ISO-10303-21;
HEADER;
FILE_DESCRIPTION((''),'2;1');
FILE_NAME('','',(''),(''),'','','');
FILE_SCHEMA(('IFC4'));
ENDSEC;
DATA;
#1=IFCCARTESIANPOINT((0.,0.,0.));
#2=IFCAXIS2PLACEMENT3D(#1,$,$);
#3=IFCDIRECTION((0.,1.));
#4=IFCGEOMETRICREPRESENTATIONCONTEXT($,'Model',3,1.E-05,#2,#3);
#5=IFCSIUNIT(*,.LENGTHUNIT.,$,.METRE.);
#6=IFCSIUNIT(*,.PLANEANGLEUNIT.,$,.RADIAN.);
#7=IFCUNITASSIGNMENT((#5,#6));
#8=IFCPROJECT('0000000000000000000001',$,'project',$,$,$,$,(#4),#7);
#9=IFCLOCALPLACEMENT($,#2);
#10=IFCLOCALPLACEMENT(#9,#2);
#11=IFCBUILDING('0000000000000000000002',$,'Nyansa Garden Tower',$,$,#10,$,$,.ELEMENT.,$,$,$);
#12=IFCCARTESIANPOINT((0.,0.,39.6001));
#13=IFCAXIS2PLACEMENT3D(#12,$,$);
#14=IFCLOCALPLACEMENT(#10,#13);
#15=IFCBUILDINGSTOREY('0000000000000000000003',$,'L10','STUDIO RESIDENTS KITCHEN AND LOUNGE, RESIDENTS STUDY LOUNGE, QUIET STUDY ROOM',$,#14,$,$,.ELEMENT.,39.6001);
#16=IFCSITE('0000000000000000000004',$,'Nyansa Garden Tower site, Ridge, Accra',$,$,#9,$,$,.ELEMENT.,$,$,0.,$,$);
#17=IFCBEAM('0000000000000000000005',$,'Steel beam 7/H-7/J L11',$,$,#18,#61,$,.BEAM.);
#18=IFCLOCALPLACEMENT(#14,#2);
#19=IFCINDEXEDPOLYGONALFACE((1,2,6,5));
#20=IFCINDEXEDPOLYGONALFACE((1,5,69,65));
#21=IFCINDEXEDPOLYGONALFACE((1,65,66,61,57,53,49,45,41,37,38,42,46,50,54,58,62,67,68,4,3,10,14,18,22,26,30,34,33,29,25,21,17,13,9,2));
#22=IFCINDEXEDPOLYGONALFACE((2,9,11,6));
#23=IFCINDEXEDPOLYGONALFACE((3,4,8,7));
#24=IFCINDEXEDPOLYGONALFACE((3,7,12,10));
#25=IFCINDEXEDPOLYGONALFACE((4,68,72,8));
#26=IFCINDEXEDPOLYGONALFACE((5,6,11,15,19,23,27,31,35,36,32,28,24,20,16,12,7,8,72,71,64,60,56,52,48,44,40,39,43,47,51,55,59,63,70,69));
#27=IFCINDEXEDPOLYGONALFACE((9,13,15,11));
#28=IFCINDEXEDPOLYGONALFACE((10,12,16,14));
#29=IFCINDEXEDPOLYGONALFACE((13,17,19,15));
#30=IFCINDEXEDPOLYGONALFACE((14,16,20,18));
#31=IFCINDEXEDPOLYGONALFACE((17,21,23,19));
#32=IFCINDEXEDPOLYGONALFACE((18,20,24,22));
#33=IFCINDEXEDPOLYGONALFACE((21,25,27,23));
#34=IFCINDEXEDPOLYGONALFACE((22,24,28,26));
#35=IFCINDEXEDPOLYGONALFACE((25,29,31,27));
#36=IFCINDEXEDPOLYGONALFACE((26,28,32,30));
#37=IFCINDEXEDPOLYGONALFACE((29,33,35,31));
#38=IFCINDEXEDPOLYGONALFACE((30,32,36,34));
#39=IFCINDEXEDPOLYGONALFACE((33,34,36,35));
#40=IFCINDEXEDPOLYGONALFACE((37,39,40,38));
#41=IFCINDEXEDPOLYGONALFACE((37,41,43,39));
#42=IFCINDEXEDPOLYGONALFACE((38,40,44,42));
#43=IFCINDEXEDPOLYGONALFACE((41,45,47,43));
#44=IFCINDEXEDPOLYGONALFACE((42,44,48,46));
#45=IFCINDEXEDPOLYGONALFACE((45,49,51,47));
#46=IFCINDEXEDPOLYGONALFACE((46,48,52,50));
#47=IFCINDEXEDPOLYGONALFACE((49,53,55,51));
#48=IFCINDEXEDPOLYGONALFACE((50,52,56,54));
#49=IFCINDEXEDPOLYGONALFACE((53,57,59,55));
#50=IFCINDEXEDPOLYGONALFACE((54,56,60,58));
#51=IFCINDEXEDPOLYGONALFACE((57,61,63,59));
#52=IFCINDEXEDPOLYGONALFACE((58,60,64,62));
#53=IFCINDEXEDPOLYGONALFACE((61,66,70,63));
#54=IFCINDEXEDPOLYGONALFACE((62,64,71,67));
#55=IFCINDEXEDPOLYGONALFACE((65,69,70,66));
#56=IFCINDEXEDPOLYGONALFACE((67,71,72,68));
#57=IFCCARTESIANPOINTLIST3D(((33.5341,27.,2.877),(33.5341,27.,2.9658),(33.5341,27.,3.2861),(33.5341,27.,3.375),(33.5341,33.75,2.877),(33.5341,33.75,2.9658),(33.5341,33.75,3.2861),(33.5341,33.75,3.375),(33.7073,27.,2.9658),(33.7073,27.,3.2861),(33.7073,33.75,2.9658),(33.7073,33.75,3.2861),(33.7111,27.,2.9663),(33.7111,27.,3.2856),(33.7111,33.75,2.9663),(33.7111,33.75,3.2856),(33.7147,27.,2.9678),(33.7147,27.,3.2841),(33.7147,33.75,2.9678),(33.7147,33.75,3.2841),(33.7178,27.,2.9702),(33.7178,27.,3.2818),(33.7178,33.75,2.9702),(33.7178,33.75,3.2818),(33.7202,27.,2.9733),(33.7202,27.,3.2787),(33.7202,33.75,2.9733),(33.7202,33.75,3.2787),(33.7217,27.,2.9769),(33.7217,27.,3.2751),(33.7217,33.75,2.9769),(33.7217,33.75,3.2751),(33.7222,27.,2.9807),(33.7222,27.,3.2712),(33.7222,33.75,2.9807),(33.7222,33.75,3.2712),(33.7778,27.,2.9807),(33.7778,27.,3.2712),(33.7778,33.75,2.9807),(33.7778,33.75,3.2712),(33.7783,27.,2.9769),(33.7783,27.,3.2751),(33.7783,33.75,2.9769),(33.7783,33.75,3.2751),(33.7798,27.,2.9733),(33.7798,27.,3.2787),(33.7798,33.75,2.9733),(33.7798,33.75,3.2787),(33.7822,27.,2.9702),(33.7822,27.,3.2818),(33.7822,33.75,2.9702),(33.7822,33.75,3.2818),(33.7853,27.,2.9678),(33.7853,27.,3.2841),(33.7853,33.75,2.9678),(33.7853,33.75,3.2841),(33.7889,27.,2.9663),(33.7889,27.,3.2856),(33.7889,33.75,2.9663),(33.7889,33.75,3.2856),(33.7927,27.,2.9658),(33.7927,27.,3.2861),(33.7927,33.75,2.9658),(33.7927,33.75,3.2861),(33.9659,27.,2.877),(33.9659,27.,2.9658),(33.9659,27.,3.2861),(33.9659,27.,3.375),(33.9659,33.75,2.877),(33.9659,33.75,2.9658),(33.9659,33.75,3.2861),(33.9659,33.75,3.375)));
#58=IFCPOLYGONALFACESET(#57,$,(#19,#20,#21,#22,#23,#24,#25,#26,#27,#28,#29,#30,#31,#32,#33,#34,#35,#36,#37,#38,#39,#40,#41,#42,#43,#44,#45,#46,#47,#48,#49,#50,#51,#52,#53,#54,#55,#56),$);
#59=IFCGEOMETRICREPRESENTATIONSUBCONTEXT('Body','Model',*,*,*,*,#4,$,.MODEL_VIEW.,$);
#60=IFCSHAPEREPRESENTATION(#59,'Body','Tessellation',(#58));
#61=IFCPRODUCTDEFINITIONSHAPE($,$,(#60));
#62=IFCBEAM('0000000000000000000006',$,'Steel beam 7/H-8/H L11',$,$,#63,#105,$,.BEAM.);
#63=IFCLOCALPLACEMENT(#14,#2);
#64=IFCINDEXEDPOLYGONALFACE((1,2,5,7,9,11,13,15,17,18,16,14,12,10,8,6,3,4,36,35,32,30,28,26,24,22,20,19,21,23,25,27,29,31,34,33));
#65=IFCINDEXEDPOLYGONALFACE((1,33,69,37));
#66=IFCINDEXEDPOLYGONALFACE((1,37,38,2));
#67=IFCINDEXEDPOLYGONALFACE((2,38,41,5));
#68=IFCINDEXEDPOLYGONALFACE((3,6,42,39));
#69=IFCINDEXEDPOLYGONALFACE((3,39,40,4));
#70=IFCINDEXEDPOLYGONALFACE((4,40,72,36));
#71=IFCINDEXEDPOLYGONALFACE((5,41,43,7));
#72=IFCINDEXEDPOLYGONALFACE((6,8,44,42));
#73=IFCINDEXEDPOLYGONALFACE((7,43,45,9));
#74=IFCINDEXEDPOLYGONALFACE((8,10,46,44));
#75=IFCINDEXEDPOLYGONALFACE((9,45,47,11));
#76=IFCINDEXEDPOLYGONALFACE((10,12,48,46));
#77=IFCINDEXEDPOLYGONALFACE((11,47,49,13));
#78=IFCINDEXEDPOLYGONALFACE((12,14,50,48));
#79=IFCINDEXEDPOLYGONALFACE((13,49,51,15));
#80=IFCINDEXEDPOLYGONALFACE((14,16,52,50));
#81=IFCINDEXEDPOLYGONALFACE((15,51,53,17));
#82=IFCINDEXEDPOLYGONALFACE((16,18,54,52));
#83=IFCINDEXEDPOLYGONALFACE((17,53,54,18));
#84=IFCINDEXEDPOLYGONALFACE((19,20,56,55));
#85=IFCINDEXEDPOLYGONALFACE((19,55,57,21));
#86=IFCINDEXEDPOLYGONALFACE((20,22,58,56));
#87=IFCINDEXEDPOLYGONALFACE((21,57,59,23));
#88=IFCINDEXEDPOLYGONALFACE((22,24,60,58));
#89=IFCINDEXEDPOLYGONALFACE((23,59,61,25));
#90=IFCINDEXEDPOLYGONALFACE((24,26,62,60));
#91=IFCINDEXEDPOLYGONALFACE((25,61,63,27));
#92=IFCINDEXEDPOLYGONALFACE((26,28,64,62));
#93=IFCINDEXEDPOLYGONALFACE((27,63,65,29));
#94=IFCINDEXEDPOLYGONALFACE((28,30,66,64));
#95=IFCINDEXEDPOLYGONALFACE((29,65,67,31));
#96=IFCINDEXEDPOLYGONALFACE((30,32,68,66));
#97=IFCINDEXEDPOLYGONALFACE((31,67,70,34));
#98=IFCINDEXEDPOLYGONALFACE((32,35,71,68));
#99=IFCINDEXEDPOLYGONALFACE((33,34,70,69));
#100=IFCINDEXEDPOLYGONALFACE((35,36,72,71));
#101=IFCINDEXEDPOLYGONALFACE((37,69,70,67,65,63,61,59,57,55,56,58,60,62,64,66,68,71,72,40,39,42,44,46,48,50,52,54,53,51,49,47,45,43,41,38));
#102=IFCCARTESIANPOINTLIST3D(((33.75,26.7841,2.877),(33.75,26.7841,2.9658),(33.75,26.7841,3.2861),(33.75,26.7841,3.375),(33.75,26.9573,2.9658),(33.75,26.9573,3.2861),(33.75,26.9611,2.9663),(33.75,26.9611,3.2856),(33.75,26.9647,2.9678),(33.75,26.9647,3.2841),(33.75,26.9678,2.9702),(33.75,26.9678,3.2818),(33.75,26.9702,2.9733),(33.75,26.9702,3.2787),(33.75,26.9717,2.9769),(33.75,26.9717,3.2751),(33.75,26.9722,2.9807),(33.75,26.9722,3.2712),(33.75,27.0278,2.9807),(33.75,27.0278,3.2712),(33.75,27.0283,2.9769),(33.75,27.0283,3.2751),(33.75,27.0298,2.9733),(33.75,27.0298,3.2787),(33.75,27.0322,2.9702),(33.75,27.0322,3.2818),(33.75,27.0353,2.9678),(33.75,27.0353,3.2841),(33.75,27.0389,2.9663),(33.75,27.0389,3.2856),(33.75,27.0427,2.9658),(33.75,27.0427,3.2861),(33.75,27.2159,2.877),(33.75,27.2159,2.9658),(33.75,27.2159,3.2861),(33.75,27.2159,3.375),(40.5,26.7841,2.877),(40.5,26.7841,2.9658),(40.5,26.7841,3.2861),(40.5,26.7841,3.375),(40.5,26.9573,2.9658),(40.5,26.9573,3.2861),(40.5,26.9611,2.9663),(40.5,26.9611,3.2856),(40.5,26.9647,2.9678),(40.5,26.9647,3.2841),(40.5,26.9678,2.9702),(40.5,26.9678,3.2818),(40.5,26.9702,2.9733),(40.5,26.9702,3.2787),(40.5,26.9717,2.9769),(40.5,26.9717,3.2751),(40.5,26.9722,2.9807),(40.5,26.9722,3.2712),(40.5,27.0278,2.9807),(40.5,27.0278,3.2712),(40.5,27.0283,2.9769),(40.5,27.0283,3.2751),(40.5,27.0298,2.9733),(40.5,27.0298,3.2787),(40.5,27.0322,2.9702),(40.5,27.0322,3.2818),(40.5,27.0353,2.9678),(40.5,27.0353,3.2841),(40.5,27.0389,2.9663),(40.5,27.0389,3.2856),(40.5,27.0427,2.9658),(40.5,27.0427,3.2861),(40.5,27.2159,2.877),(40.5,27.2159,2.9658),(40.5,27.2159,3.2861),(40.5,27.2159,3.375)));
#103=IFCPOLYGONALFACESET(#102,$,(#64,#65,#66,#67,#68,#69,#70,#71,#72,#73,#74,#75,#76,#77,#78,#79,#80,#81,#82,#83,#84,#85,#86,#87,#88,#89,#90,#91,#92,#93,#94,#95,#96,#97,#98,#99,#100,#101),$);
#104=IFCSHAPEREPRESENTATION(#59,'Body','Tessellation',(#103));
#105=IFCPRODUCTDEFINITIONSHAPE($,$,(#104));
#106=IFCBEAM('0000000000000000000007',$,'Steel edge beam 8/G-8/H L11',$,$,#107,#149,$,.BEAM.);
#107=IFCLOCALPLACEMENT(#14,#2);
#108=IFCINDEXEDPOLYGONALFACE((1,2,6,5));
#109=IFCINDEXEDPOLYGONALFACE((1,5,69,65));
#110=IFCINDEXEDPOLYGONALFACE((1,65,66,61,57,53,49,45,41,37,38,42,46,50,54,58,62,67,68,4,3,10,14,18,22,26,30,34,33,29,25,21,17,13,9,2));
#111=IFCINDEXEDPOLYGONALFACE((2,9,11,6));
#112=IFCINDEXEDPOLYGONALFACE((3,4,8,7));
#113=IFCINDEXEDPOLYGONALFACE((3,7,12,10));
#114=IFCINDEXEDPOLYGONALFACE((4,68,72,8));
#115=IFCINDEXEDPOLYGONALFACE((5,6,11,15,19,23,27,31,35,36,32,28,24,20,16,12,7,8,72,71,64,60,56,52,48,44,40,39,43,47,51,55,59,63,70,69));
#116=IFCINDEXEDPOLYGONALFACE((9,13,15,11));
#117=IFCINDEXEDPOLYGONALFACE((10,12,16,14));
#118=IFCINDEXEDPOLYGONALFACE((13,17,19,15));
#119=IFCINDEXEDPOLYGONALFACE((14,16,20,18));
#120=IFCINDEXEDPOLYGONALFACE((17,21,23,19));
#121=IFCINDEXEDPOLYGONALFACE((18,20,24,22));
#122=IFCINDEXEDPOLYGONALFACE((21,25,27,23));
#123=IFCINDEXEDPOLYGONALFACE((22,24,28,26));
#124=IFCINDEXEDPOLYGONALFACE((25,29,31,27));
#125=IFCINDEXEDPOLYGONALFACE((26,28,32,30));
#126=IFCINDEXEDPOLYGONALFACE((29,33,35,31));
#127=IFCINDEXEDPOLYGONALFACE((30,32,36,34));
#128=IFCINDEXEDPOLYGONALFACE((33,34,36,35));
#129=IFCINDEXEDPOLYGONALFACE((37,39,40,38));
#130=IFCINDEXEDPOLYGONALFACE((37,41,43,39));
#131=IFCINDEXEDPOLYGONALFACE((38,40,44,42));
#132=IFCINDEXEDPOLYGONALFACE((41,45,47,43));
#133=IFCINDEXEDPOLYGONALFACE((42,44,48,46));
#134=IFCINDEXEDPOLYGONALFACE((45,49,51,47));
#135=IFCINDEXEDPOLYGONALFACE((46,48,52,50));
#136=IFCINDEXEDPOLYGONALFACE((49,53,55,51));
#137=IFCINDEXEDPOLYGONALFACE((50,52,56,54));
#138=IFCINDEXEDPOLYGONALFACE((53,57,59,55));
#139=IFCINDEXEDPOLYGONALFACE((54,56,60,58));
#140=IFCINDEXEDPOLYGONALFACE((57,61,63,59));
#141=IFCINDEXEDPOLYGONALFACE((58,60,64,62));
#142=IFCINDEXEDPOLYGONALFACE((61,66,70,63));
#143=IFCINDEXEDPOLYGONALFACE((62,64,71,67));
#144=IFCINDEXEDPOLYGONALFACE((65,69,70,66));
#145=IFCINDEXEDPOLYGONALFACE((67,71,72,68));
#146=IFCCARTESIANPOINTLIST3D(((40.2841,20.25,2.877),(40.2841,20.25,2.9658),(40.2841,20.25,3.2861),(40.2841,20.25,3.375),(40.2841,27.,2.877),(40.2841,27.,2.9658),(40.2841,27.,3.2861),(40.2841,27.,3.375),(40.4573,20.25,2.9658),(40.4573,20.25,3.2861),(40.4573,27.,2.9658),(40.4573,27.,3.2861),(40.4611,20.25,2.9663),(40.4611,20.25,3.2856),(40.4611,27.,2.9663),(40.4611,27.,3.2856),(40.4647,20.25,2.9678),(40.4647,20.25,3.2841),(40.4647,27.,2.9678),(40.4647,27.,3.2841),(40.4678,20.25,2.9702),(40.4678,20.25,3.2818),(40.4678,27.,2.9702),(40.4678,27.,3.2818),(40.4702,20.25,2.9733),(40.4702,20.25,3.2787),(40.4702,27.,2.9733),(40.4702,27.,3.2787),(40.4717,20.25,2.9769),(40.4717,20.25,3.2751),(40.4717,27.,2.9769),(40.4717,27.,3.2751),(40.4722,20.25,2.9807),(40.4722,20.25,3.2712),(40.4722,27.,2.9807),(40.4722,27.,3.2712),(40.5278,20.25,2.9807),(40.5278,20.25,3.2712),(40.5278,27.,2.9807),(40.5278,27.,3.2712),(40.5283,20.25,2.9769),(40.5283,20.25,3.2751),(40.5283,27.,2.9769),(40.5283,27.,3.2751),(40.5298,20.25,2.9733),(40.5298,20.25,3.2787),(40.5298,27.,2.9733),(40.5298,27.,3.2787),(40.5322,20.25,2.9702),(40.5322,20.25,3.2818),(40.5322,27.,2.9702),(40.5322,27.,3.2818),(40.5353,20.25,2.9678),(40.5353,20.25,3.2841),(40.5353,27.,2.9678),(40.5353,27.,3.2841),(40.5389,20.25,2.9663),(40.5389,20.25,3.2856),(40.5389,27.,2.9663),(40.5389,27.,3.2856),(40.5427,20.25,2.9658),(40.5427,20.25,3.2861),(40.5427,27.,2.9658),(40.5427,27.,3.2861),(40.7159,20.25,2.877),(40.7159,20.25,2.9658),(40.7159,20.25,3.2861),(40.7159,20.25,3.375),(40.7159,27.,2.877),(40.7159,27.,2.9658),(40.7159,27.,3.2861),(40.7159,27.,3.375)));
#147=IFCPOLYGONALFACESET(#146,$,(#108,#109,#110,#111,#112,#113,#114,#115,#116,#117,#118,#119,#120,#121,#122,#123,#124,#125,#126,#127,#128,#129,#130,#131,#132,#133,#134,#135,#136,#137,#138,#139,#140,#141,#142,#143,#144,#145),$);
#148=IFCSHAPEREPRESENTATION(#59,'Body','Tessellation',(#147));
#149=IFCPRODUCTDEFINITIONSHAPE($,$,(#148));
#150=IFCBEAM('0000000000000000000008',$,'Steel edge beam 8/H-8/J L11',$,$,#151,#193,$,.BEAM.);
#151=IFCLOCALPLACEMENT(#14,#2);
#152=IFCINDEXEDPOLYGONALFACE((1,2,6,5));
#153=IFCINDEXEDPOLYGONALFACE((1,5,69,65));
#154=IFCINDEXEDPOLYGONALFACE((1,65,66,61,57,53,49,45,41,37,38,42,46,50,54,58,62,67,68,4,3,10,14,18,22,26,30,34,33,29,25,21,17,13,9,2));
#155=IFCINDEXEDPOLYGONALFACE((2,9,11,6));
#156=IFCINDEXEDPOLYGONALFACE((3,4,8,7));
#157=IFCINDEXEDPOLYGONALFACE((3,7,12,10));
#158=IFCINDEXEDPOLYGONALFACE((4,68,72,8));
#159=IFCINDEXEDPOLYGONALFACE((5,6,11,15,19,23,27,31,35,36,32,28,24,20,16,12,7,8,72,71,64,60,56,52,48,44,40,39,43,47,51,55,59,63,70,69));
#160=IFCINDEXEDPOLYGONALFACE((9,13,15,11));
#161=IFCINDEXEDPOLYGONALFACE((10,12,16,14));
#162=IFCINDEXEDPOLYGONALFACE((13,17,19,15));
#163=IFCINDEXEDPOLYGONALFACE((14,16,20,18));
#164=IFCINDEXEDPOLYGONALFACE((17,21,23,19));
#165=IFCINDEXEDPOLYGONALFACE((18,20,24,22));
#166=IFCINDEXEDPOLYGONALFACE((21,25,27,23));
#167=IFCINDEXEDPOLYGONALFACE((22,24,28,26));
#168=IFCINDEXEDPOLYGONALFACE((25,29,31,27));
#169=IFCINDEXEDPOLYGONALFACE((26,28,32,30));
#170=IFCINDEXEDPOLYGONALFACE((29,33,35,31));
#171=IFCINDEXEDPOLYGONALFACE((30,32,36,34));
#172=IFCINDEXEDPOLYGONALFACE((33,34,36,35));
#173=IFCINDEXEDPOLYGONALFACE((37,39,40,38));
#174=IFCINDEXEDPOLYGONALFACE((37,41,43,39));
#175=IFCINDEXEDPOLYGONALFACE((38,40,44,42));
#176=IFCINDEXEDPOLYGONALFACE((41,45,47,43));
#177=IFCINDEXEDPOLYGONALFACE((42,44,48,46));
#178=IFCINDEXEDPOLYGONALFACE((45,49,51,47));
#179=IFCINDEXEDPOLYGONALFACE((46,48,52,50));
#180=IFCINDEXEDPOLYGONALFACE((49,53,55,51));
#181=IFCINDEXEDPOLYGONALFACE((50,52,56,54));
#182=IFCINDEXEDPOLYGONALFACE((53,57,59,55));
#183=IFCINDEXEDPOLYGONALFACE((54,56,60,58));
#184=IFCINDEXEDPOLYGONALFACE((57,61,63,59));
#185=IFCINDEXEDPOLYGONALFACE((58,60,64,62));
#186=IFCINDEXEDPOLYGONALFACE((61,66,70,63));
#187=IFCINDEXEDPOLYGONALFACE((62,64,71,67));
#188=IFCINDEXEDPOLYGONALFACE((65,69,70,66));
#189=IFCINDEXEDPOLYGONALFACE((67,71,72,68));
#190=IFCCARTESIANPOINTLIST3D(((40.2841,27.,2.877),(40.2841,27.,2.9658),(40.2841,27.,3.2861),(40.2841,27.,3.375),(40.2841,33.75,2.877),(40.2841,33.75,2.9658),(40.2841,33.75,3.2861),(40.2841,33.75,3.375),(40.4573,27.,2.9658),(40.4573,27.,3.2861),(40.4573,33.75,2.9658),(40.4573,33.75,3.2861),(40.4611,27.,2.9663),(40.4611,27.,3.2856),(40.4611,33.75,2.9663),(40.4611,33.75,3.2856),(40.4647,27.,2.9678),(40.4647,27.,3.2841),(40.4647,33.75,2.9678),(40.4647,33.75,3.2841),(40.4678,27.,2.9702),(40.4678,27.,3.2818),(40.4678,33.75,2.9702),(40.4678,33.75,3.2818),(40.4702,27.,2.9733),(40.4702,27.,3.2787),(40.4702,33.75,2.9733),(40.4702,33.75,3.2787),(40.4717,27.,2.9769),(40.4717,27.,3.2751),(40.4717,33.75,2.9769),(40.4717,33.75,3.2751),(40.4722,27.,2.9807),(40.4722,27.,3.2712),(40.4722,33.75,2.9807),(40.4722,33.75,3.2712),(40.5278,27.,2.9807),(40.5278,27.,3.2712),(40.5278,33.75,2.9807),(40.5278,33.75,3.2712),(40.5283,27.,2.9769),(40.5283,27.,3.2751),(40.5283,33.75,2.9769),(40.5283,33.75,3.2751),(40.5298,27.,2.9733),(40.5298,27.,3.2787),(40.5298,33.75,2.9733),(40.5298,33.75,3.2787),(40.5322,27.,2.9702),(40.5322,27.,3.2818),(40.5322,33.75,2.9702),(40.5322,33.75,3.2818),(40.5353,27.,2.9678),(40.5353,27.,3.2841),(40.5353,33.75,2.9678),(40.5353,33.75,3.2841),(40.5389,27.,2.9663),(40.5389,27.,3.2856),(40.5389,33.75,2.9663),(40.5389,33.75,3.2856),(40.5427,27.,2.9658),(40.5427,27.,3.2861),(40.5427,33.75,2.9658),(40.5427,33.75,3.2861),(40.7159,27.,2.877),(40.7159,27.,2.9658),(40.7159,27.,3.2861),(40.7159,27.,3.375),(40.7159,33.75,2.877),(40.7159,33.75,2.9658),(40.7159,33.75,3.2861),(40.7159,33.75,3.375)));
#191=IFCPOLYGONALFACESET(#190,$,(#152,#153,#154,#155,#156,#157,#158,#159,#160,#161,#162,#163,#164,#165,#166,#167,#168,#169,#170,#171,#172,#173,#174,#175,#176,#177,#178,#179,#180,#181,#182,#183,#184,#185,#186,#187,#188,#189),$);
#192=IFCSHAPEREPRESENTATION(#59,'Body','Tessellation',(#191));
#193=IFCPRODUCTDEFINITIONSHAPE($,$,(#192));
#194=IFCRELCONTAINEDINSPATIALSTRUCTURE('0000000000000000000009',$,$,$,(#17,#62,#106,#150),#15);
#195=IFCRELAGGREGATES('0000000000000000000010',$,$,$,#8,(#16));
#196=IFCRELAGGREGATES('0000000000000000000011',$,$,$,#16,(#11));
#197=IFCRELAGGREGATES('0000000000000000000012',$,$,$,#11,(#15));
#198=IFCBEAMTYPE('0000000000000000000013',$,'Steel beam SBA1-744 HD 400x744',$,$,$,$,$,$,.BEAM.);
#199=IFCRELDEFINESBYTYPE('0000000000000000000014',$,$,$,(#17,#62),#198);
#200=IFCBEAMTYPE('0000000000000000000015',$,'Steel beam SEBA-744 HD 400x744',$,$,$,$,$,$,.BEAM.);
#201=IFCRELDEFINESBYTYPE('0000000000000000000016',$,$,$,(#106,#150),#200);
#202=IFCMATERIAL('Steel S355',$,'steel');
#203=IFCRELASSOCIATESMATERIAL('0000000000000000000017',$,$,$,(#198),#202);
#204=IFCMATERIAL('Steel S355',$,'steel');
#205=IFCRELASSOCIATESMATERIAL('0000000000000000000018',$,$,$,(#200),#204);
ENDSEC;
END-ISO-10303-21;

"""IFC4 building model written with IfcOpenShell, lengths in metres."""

from ifc_helpers import new_model, si_unit, direction, frame, origin, origin_2d, place, context, subcontext, project, spatial, i_section, extrude, material, material_profile, profile_set, type_object, element, save


model = new_model("IFC4")

# Units and contexts
model_context = context("Model", 3, precision=1e-05, world=origin(), true_north=direction((0.0, 1.0)))
body_context = subcontext(model_context, "Body", "Model", "MODEL_VIEW")
ifc_project = project(units=[si_unit("LENGTHUNIT", "METRE"), si_unit("PLANEANGLEUNIT", "RADIAN")], contexts=[model_context])

# Site, building, storey
site_placement = place(None, origin())
site = spatial("IfcSite", under=ifc_project, at=site_placement, Name="Nyansa Garden Tower site, Ridge, Accra", CompositionType="ELEMENT", RefElevation=0.0)
building_placement = place(site_placement, origin())
building = spatial("IfcBuilding", under=site, at=building_placement, Name="Nyansa Garden Tower", CompositionType="ELEMENT")
storey_placement = place(building_placement, frame((0.0, 0.0, 39.6001)))
storey = spatial("IfcBuildingStorey", under=building, at=storey_placement, Name="L10", Description="STUDIO RESIDENTS KITCHEN AND LOUNGE, RESIDENTS STUDY LOUNGE, QUIET STUDY ROOM", CompositionType="ELEMENT", Elevation=39.6001)

# Beams
ifc_material_1 = material(Name="Steel S355", Category="steel")
ifc_material_profile_1 = material_profile(ifc_material_1, i_section(OverallWidth=0.4319, OverallDepth=0.498, WebThickness=0.0557, FlangeThickness=0.0889, FilletRadius=0.0149, at=origin_2d()), Name="HD 400x744")
ifc_profile_set_1 = profile_set([ifc_material_profile_1], Name="Steel S355")
beam_type_1 = type_object("IfcBeamType", Name="Steel beam SBA1-744 HD 400x744", PredefinedType="BEAM", material=ifc_profile_set_1)
for number, where, z_axis, x_axis, name in (
    (1, (33.75, 27.0, 3.126), (0.0, 1.0, 0.0), (-1.0, 0.0, 0.0), "Steel beam 7/H-7/J L11"),
    (2, (33.75, 27.0, 3.126), (1.0, 0.0, 0.0), (0.0, 1.0, 0.0), "Steel beam 7/H-8/H L11"),
):
    element("IfcBeam", number, at=place(storey_placement, frame(where, z_axis=z_axis, x_axis=x_axis)), inside=storey, type_object=beam_type_1, Name=name, PredefinedType="BEAM", context=body_context, shape_type="SweptSolid", body=[
        extrude(i_section(OverallWidth=0.4319, OverallDepth=0.498, WebThickness=0.0557, FlangeThickness=0.0889, FilletRadius=0.0149, at=origin_2d()), origin(), (0.0, 0.0, 1.0), 6.75),
    ])
ifc_material_2 = material(Name="Steel S355", Category="steel")
ifc_material_profile_2 = material_profile(ifc_material_2, i_section(OverallWidth=0.4319, OverallDepth=0.498, WebThickness=0.0557, FlangeThickness=0.0889, FilletRadius=0.0149, at=origin_2d()), Name="HD 400x744")
ifc_profile_set_2 = profile_set([ifc_material_profile_2], Name="Steel S355")
beam_type_2 = type_object("IfcBeamType", Name="Steel beam SEBA-744 HD 400x744", PredefinedType="BEAM", material=ifc_profile_set_2)
for number, where, z_axis, x_axis, name in (
    (3, (40.5, 20.25, 3.126), (0.0, 1.0, 0.0), (-1.0, 0.0, 0.0), "Steel edge beam 8/G-8/H L11"),
    (4, (40.5, 27.0, 3.126), (0.0, 1.0, 0.0), (-1.0, 0.0, 0.0), "Steel edge beam 8/H-8/J L11"),
):
    element("IfcBeam", number, at=place(storey_placement, frame(where, z_axis=z_axis, x_axis=x_axis)), inside=storey, type_object=beam_type_2, Name=name, PredefinedType="BEAM", context=body_context, shape_type="SweptSolid", body=[
        extrude(i_section(OverallWidth=0.4319, OverallDepth=0.498, WebThickness=0.0557, FlangeThickness=0.0889, FilletRadius=0.0149, at=origin_2d()), origin(), (0.0, 0.0, 1.0), 6.75),
    ])

save(model, "model.ifc")
